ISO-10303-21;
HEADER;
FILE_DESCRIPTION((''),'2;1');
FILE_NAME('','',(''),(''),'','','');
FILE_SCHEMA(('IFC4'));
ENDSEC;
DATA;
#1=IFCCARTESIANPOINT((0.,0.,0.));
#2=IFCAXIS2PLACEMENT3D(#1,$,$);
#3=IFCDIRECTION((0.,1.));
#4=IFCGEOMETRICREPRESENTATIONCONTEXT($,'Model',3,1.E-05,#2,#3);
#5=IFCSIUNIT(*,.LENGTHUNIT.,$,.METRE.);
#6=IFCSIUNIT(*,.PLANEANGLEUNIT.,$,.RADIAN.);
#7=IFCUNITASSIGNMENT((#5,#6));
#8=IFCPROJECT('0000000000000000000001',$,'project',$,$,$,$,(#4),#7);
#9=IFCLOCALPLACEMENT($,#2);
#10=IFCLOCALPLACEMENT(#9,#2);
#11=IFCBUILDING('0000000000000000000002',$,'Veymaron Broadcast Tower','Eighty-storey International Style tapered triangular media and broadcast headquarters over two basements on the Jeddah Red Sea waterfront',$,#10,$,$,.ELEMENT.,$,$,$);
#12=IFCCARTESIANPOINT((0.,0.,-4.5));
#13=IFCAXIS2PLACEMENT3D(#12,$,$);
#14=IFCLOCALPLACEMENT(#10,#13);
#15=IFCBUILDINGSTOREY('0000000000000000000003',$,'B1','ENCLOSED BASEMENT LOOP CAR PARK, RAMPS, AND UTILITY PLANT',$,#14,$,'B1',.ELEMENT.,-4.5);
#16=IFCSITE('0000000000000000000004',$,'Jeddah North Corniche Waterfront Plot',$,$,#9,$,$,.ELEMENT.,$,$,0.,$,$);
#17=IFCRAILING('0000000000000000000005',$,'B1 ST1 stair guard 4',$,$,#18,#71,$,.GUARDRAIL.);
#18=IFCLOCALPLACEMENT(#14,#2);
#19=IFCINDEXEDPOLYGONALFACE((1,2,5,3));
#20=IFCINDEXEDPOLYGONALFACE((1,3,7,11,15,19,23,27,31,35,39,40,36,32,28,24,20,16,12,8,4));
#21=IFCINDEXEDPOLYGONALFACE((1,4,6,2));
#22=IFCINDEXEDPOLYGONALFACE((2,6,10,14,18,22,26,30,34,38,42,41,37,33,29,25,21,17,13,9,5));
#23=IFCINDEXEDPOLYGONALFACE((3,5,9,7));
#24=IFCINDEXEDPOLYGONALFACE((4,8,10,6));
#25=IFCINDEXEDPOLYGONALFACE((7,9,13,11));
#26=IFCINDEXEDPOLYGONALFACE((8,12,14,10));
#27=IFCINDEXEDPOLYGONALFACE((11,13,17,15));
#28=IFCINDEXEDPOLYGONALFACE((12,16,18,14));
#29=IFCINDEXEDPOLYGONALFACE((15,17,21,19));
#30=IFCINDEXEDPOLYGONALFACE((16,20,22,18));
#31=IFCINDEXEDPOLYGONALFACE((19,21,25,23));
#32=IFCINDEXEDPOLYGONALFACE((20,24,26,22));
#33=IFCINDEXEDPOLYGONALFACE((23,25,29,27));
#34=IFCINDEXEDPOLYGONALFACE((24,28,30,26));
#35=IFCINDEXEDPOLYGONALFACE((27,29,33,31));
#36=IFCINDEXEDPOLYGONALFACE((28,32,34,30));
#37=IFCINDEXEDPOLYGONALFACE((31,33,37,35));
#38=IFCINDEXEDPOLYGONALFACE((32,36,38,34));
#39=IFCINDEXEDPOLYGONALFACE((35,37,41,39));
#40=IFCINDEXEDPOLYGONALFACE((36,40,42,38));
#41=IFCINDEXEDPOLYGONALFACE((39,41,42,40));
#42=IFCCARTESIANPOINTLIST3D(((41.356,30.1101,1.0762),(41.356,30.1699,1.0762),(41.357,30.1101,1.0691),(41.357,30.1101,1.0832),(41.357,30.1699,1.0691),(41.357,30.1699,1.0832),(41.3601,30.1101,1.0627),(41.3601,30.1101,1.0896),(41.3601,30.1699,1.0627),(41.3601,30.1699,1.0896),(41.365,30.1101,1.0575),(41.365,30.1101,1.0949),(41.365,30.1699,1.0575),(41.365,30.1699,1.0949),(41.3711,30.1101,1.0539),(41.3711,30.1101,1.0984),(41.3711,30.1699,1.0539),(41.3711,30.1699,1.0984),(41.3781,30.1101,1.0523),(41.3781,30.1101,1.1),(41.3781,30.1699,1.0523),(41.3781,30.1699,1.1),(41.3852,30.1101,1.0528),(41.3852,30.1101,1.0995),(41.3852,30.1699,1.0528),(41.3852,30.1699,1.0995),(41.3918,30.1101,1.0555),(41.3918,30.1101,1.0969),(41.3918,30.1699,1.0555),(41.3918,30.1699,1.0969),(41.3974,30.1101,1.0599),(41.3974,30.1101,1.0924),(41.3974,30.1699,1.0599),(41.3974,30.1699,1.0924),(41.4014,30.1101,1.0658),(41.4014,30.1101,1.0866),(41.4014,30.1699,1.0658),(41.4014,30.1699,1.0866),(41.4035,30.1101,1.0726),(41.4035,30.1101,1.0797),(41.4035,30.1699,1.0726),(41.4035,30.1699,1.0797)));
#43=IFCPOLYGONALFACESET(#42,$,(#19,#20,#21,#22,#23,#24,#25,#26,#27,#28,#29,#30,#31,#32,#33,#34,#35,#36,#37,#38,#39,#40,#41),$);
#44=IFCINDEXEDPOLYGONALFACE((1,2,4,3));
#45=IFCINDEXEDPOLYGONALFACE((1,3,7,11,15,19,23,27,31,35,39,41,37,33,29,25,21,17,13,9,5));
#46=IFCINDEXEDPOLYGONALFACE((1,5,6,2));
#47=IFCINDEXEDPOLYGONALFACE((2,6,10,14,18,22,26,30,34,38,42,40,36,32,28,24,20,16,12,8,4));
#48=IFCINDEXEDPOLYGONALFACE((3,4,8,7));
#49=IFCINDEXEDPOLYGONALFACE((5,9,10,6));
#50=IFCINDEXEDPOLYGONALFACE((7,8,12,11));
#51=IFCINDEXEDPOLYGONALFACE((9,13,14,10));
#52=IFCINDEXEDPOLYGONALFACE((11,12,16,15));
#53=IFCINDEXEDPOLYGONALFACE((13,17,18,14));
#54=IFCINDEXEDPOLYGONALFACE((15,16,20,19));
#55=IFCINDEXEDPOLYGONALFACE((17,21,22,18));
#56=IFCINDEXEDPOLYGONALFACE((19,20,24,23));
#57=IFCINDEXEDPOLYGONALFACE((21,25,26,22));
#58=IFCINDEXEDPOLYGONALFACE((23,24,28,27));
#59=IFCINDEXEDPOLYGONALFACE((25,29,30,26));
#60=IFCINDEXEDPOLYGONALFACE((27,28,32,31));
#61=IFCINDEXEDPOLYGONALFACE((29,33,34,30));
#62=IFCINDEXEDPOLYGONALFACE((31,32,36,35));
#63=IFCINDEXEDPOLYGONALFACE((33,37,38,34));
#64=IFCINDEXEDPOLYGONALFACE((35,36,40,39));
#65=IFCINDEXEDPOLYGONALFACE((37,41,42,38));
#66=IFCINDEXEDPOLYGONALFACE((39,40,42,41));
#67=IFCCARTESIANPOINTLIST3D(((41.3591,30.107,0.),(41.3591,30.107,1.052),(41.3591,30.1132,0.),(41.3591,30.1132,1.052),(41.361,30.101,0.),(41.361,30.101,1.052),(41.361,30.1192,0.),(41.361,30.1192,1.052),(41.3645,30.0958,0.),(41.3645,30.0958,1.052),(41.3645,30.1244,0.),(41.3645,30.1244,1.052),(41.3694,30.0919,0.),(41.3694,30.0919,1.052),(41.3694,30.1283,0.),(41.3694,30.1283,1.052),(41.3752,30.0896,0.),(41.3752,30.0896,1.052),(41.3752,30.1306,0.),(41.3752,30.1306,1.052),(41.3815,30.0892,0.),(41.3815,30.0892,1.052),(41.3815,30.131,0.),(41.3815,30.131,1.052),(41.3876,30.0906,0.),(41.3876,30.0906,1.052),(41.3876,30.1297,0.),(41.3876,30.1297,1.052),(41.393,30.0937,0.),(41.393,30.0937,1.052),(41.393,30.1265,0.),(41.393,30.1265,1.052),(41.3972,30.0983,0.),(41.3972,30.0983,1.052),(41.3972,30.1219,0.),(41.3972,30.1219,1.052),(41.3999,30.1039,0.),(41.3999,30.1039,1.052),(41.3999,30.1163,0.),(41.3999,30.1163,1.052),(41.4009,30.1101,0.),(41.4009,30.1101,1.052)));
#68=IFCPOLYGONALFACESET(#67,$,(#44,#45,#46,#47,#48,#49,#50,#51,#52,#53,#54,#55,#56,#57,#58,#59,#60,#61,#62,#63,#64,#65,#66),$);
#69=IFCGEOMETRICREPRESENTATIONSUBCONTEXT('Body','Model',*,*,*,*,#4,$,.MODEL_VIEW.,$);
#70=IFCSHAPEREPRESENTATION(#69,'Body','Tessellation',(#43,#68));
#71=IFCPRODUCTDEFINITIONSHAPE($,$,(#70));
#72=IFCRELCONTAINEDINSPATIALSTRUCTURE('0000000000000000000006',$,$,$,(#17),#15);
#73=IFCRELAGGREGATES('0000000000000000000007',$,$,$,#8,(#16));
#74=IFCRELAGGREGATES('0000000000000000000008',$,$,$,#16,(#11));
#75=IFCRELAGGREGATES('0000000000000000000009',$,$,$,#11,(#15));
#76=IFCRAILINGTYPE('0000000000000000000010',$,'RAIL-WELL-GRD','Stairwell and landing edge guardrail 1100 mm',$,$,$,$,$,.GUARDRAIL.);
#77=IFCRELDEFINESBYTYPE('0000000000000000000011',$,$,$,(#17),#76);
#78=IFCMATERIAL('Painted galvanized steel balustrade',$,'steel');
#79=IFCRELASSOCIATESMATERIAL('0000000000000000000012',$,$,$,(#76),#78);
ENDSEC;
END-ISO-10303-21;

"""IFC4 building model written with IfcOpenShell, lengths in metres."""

from ifc_helpers import new_model, si_unit, direction, frame, origin, origin_2d, place, context, subcontext, project, spatial, circle, extrude, material, type_object, element, save


model = new_model("IFC4")

# Units and contexts
model_context = context("Model", 3, precision=1e-05, world=origin(), true_north=direction((0.0, 1.0)))
body_context = subcontext(model_context, "Body", "Model", "MODEL_VIEW")
ifc_project = project(units=[si_unit("LENGTHUNIT", "METRE"), si_unit("PLANEANGLEUNIT", "RADIAN")], contexts=[model_context])

# Site, building, storey
site_placement = place(None, origin())
site = spatial("IfcSite", under=ifc_project, at=site_placement, Name="Jeddah North Corniche Waterfront Plot", CompositionType="ELEMENT", RefElevation=0.0)
building_placement = place(site_placement, origin())
building = spatial("IfcBuilding", under=site, at=building_placement, Name="Veymaron Broadcast Tower", Description="Eighty-storey International Style tapered triangular media and broadcast headquarters over two basements on the Jeddah Red Sea waterfront", CompositionType="ELEMENT")
storey_placement = place(building_placement, frame((0.0, 0.0, -4.5)))
storey = spatial("IfcBuildingStorey", under=building, at=storey_placement, Name="B1", Description="ENCLOSED BASEMENT LOOP CAR PARK, RAMPS, AND UTILITY PLANT", LongName="B1", CompositionType="ELEMENT", Elevation=-4.5)

# Railing
ifc_material_1 = material(Name="Painted galvanized steel balustrade", Category="steel")
railing_type_1 = type_object("IfcRailingType", Name="RAIL-WELL-GRD", Description="Stairwell and landing edge guardrail 1100 mm", PredefinedType="GUARDRAIL", material=ifc_material_1)
railing_1_placement = place(storey_placement, frame((41.3799, 30.1101, 0.0)))
element("IfcRailing", 1, at=railing_1_placement, inside=storey, type_object=railing_type_1, Name="B1 ST1 stair guard 4", PredefinedType="GUARDRAIL", context=body_context, shape_type="SweptSolid", body=[
    extrude(circle(Radius=0.0239, at=origin_2d()), frame((0.0, 0.0, 1.0762), z_axis=(0.0, 1.0, 0.0), x_axis=(-1.0, 0.0, 0.0)), (0.0, 0.0, 1.0), 0.0598),
    extrude(circle(Radius=0.021, at=origin_2d()), origin(), (0.0, 0.0, 1.0), 1.052),
])

save(model, "model.ifc")
